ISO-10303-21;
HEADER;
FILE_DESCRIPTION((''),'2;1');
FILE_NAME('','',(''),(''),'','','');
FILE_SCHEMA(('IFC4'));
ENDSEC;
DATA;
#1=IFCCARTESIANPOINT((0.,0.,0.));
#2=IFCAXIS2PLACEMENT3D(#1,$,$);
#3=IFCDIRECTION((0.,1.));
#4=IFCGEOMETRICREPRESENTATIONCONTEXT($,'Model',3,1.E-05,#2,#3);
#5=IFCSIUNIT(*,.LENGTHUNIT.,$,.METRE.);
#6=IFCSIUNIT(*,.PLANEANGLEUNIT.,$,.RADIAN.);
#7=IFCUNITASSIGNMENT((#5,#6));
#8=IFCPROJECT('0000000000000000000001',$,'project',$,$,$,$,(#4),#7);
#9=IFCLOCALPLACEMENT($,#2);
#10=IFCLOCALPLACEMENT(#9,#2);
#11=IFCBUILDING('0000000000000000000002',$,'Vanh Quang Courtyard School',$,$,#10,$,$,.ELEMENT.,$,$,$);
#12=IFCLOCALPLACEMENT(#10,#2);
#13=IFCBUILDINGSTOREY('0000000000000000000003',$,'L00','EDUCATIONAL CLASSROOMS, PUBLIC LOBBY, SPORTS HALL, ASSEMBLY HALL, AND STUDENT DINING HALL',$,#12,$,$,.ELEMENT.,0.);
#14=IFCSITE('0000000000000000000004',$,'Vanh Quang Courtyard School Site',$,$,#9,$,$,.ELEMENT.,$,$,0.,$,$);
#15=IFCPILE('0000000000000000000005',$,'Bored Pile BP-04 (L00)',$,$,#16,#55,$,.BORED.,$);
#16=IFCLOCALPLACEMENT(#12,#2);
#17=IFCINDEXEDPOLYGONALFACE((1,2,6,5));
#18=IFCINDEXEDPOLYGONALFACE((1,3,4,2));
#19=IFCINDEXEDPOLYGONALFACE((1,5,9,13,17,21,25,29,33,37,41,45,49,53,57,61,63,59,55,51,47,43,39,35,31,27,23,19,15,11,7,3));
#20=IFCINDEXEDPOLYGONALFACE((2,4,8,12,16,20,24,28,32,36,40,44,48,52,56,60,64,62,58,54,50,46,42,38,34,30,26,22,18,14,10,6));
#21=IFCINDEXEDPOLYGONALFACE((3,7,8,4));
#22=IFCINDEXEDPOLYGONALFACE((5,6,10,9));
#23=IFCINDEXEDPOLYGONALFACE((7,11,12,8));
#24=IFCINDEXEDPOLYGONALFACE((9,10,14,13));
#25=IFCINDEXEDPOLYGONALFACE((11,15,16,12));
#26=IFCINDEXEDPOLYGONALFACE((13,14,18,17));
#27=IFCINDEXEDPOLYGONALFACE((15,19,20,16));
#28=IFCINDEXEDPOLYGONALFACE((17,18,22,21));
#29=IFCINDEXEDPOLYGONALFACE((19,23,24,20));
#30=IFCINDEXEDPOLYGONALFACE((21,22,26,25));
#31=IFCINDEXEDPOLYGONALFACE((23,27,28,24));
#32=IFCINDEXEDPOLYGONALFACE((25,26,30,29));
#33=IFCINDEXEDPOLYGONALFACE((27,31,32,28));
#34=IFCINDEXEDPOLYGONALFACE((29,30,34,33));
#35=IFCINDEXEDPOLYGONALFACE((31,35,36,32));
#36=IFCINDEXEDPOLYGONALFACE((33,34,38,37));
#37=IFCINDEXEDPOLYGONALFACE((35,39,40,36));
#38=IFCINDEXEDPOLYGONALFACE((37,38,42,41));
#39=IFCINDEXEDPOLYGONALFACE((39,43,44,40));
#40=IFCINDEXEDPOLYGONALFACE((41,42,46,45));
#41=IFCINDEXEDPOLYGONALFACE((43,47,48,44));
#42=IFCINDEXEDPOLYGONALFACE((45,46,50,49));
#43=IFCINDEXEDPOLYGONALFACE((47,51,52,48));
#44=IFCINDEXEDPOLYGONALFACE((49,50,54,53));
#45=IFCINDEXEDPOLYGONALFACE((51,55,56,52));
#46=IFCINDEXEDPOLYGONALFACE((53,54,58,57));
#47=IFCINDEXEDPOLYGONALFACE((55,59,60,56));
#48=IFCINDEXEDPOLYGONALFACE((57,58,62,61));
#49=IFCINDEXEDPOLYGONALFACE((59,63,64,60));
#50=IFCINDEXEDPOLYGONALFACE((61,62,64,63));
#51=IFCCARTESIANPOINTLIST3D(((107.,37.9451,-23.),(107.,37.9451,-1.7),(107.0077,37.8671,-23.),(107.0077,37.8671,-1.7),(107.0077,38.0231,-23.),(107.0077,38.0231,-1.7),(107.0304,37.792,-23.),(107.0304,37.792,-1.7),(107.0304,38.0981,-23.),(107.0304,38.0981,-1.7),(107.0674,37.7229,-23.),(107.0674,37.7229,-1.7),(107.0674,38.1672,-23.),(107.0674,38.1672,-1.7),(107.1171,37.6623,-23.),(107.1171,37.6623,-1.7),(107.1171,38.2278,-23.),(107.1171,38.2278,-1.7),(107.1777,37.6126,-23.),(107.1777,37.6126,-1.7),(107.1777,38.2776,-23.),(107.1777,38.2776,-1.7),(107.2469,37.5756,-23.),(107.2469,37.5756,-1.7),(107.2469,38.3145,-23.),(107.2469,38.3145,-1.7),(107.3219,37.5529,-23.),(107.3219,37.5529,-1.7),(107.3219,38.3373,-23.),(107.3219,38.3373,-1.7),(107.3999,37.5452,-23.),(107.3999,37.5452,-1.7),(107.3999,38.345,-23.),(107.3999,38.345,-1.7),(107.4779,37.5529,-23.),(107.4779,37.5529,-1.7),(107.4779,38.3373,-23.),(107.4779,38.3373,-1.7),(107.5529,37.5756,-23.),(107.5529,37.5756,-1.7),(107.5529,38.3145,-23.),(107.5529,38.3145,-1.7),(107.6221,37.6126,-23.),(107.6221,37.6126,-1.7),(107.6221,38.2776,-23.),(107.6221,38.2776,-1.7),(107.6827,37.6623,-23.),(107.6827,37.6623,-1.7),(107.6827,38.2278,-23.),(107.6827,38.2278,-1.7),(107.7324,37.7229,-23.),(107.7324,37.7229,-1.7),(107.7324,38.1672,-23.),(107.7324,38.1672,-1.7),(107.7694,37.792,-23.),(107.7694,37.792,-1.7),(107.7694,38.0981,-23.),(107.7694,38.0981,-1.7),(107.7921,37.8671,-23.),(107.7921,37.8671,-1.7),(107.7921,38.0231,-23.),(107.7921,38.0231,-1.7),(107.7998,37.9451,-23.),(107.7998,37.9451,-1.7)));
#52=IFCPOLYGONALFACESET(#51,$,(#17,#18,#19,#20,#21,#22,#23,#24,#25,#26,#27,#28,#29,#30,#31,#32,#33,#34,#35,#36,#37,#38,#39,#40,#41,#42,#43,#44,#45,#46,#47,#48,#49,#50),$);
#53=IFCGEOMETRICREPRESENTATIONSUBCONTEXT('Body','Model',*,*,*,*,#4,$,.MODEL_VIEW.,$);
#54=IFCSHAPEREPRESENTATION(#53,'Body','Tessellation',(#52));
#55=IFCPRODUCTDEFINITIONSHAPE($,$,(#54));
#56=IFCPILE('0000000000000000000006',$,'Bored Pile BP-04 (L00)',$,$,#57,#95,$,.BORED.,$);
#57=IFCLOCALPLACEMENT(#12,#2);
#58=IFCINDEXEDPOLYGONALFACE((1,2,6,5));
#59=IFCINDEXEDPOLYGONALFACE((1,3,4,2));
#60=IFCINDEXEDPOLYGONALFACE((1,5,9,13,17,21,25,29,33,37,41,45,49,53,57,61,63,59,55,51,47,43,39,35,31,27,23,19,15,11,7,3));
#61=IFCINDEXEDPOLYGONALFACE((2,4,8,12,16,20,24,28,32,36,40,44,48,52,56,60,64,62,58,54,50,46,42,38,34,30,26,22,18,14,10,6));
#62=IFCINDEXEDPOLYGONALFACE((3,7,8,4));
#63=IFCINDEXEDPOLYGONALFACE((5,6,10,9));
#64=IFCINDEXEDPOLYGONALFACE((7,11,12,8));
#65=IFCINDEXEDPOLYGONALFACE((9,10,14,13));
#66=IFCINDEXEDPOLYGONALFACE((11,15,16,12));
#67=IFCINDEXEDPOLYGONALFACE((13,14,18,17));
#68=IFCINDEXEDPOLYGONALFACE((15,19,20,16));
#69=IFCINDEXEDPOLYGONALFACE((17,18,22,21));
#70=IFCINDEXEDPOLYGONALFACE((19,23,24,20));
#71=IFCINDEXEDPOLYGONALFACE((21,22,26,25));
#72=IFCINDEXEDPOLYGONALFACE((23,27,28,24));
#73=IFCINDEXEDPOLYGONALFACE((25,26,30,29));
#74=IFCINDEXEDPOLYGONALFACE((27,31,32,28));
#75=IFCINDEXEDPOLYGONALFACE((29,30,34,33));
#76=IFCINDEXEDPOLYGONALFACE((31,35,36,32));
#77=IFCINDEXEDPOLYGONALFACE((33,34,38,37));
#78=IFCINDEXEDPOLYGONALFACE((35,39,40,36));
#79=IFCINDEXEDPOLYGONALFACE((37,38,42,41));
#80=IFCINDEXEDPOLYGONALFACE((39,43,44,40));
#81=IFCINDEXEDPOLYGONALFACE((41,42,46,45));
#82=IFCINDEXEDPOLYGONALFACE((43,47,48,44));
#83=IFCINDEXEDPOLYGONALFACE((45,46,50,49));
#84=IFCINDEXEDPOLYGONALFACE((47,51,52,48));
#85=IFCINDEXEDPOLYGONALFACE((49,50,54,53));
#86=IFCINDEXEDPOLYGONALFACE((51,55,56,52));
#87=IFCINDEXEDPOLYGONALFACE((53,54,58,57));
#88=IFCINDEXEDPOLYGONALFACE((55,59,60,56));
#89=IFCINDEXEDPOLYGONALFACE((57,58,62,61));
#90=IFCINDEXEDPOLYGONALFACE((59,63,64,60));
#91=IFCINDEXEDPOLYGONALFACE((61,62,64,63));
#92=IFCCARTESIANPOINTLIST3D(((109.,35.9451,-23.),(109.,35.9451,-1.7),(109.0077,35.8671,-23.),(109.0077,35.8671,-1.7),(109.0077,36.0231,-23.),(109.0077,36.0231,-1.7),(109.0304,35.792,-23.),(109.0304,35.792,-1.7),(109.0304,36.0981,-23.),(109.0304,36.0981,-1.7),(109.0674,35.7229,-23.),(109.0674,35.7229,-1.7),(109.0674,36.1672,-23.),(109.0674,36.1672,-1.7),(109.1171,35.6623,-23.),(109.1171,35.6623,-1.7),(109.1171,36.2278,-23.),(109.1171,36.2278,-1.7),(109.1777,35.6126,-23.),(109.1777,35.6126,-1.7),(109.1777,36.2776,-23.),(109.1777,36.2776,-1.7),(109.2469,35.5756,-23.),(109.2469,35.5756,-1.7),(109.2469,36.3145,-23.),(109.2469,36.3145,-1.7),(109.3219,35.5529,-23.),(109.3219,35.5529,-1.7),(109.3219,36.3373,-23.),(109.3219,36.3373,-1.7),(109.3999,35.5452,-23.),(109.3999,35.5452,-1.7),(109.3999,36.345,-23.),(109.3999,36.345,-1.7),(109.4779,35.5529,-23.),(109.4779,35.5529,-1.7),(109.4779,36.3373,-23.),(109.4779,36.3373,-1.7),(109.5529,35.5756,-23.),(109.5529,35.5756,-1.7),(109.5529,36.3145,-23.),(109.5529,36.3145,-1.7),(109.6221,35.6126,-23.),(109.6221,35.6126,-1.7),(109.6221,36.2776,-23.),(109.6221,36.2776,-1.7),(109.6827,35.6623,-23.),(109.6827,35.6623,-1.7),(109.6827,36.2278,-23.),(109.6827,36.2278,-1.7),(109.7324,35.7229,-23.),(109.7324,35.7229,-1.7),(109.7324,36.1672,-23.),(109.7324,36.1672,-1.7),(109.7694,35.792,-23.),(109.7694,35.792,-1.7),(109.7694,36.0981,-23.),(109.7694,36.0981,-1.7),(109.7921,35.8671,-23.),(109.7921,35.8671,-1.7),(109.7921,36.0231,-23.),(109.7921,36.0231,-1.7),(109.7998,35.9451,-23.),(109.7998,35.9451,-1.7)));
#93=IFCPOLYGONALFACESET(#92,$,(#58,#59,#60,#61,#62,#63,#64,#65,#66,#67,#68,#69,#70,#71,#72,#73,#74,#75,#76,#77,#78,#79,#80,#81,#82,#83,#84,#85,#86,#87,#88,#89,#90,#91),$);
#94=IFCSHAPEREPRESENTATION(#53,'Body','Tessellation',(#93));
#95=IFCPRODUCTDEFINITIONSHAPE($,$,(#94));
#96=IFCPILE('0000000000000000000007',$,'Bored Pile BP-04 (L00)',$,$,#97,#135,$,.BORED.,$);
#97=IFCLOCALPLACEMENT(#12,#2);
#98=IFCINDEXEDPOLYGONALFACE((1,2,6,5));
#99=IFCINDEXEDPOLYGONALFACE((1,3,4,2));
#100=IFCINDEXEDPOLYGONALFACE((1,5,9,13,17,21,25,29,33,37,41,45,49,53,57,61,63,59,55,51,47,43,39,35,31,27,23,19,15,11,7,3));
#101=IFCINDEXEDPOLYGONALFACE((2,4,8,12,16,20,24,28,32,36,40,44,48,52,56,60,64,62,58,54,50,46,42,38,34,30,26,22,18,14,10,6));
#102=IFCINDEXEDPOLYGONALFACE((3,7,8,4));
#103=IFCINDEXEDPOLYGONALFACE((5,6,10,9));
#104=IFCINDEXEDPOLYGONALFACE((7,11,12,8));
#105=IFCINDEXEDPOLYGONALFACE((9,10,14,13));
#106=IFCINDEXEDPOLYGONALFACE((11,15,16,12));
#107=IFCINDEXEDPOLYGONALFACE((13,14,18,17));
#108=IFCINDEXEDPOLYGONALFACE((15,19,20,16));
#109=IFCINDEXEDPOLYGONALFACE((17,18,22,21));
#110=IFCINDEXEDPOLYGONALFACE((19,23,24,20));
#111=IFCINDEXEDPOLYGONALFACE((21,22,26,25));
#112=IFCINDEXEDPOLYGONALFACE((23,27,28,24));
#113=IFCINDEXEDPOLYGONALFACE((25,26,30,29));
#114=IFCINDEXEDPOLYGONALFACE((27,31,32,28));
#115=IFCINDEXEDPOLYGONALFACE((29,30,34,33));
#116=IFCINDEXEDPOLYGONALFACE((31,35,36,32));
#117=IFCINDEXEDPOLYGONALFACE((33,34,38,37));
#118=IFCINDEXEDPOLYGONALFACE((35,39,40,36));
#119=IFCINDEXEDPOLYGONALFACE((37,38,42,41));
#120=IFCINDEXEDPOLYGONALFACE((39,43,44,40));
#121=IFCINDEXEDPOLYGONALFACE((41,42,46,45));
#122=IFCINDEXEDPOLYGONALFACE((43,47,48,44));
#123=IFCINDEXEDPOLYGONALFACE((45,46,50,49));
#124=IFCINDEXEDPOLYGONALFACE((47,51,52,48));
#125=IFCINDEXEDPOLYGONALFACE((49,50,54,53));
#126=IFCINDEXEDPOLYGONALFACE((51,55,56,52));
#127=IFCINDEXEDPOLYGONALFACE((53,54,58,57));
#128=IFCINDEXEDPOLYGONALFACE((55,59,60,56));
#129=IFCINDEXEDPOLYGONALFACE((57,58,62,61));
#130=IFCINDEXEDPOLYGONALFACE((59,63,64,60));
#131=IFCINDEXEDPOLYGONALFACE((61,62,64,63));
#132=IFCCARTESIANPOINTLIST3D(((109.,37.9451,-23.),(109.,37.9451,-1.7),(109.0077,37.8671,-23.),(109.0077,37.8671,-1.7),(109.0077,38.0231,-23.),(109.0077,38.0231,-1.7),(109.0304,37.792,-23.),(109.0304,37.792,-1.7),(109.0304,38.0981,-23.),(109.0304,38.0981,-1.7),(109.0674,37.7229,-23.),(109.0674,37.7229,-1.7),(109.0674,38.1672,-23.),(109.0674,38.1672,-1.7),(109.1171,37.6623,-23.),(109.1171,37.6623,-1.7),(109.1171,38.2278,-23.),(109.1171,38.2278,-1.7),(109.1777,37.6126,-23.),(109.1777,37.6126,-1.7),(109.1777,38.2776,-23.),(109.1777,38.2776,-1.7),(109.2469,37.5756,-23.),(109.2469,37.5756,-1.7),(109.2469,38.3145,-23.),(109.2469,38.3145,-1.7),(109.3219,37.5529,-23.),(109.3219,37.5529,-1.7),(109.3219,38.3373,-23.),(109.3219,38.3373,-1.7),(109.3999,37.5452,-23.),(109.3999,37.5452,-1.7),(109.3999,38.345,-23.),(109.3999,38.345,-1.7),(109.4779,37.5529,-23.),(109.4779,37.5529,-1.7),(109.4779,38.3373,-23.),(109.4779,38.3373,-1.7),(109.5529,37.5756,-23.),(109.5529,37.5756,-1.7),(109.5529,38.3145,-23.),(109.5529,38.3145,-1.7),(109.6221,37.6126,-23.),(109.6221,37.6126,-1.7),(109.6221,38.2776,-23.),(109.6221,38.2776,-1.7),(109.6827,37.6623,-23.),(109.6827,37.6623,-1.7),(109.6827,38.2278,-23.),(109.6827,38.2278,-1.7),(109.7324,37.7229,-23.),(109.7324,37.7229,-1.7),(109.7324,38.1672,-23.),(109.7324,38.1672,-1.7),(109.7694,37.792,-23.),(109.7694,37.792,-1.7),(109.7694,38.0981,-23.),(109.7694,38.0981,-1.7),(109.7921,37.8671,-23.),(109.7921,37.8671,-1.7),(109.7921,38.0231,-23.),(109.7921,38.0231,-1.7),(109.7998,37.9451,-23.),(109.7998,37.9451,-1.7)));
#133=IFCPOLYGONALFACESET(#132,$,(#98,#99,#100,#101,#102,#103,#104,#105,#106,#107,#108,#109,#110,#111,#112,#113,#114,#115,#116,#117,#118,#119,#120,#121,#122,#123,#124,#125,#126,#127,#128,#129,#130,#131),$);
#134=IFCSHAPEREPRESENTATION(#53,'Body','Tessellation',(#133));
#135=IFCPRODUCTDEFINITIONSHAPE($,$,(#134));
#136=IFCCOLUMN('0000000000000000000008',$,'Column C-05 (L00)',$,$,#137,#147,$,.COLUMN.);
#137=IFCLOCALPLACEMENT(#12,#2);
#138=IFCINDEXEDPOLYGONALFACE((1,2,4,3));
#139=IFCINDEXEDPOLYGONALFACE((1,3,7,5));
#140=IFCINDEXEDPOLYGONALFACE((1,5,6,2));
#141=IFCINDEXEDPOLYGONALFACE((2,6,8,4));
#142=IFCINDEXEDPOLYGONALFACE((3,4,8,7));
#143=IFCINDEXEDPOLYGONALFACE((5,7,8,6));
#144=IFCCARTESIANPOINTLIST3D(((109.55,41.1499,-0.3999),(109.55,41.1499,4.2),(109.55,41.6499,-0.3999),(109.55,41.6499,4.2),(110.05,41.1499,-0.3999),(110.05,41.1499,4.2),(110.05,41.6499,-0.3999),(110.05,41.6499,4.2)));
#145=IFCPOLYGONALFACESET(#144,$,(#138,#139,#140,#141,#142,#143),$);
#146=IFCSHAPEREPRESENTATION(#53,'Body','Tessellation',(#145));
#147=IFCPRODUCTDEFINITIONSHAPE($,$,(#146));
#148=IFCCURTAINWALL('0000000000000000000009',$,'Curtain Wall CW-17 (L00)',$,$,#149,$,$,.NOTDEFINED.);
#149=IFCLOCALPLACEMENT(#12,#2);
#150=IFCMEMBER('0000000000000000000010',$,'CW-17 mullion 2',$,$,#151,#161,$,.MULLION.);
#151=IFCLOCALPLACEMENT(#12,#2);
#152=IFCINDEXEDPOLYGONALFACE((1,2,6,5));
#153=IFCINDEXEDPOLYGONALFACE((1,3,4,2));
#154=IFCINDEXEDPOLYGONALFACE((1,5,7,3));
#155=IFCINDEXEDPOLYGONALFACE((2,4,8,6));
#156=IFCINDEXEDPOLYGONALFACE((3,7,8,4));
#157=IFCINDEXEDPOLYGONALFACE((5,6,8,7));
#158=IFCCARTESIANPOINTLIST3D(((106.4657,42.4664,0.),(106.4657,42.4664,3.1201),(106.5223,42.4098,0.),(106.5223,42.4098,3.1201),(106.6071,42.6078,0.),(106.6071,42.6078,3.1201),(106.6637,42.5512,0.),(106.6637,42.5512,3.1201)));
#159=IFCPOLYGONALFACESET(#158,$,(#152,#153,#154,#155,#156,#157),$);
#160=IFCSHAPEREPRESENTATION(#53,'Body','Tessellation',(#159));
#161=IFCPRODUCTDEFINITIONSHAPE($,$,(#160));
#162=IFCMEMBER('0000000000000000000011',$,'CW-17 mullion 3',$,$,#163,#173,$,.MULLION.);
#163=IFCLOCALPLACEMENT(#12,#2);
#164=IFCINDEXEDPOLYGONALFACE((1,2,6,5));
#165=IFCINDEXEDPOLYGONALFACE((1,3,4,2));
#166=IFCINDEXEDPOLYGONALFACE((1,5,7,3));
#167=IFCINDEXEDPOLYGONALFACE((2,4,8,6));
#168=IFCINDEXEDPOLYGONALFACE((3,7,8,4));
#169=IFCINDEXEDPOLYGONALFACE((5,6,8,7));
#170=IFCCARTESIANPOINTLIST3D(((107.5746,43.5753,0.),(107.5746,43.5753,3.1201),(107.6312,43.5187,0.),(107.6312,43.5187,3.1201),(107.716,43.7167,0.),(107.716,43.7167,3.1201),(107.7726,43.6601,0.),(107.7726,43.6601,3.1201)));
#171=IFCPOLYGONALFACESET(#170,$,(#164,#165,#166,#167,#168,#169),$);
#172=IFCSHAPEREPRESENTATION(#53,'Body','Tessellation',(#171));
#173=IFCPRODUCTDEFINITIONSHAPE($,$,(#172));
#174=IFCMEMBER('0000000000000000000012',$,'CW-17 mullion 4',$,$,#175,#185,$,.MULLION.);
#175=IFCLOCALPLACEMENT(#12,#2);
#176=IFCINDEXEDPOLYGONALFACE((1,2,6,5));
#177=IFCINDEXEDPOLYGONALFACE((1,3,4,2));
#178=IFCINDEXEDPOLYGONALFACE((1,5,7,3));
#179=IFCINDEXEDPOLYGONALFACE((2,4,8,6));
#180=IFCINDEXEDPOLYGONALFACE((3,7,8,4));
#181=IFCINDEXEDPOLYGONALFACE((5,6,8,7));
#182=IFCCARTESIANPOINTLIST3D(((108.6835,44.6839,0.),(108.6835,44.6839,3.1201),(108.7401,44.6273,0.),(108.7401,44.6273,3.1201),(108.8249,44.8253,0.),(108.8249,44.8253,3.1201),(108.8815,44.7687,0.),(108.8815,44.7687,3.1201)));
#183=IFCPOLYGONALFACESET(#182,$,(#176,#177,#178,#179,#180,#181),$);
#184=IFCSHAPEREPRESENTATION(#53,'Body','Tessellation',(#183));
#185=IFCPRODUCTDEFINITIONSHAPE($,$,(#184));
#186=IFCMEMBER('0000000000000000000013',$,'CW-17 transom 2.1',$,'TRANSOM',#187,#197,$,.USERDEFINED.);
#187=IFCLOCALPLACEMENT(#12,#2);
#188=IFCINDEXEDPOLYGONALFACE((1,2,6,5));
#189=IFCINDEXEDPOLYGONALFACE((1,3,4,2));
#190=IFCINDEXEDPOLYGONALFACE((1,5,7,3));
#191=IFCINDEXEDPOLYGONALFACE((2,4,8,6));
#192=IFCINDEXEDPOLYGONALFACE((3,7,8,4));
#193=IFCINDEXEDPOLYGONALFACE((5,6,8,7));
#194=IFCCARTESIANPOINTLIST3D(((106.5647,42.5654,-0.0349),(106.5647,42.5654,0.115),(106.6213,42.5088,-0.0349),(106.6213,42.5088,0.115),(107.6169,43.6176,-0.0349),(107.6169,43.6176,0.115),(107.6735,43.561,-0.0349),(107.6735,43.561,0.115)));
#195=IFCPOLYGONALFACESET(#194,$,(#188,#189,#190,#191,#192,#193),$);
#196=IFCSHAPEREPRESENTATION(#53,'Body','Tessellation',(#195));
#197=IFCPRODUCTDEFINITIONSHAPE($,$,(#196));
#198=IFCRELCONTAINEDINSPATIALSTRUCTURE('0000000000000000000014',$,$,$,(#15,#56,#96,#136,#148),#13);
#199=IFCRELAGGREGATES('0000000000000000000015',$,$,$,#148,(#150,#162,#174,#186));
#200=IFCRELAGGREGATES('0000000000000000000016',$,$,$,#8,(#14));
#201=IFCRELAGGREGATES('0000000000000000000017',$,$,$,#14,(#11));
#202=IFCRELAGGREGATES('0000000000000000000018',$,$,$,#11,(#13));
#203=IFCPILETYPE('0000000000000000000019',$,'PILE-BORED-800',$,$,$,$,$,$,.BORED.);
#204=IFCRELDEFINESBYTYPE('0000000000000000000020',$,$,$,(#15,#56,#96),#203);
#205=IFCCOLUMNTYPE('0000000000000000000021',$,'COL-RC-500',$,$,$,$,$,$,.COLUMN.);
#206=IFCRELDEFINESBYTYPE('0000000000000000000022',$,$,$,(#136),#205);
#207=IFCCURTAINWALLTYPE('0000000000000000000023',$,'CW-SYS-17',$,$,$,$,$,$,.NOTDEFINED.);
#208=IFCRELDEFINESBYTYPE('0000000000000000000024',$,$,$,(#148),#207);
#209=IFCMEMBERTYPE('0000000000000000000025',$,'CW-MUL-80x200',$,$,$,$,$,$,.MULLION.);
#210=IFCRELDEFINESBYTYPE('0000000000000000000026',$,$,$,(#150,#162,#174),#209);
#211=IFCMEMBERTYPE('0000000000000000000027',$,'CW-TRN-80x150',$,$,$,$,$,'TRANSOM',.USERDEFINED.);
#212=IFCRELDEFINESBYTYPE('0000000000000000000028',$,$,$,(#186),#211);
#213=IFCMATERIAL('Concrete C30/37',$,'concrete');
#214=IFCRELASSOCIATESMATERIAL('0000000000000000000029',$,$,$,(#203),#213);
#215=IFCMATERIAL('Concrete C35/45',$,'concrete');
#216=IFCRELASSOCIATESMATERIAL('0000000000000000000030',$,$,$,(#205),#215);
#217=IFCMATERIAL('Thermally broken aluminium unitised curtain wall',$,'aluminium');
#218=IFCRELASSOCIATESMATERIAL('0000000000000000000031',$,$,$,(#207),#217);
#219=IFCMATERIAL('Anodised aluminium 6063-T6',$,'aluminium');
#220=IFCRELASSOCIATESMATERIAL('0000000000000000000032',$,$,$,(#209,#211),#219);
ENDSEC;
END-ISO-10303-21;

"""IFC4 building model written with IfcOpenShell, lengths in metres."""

from ifc_helpers import new_model, si_unit, direction, frame, origin, origin_2d, place, context, subcontext, project, spatial, rectangle, circle, extrude, material, material_profile, profile_set, type_object, element, aggregate, save


model = new_model("IFC4")

# Units and contexts
model_context = context("Model", 3, precision=1e-05, world=origin(), true_north=direction((0.0, 1.0)))
body_context = subcontext(model_context, "Body", "Model", "MODEL_VIEW")
ifc_project = project(units=[si_unit("LENGTHUNIT", "METRE"), si_unit("PLANEANGLEUNIT", "RADIAN")], contexts=[model_context])

# Site, building, storey
site_placement = place(None, origin())
site = spatial("IfcSite", under=ifc_project, at=site_placement, Name="Vanh Quang Courtyard School Site", CompositionType="ELEMENT", RefElevation=0.0)
building_placement = place(site_placement, origin())
building = spatial("IfcBuilding", under=site, at=building_placement, Name="Vanh Quang Courtyard School", CompositionType="ELEMENT")
storey_placement = place(building_placement, origin())
storey = spatial("IfcBuildingStorey", under=building, at=storey_placement, Name="L00", Description="EDUCATIONAL CLASSROOMS, PUBLIC LOBBY, SPORTS HALL, ASSEMBLY HALL, AND STUDENT DINING HALL", CompositionType="ELEMENT", Elevation=0.0)

# Piles
ifc_material_1 = material(Name="Concrete C30/37", Category="concrete")
ifc_material_profile_1 = material_profile(ifc_material_1, circle(Radius=0.3999, at=origin_2d()), Name="PILE D800")
ifc_profile_set_1 = profile_set([ifc_material_profile_1], Name="Concrete C30/37")
pile_type = type_object("IfcPileType", Name="PILE-BORED-800", PredefinedType="BORED", material=ifc_profile_set_1)
for number, where, z_axis, x_axis, name in (
    (1, (107.3999, 37.9451, -1.7), (0.0, 0.0, -1.0), (1.0, 0.0, 0.0), "Bored Pile BP-04 (L00)"),
    (2, (109.3999, 35.9451, -1.7), (0.0, 0.0, -1.0), (1.0, 0.0, 0.0), "Bored Pile BP-04 (L00)"),
    (3, (109.3999, 37.9451, -1.7), (0.0, 0.0, -1.0), (1.0, 0.0, 0.0), "Bored Pile BP-04 (L00)"),
):
    element("IfcPile", number, at=place(storey_placement, frame(where, z_axis=z_axis, x_axis=x_axis)), inside=storey, type_object=pile_type, Name=name, PredefinedType="BORED", context=body_context, shape_type="SweptSolid", body=[
        extrude(circle(Radius=0.3999, at=origin_2d()), origin(), (0.0, 0.0, 1.0), 21.3),
    ])

# Column
ifc_material_2 = material(Name="Concrete C35/45", Category="concrete")
ifc_material_profile_2 = material_profile(ifc_material_2, rectangle(XDim=0.5, YDim=0.5, at=origin_2d()), Name="RC-COL 500x500")
ifc_profile_set_2 = profile_set([ifc_material_profile_2], Name="Concrete C35/45")
column_type = type_object("IfcColumnType", Name="COL-RC-500", PredefinedType="COLUMN", material=ifc_profile_set_2)
column_placement = place(storey_placement, frame((109.8, 41.3999, -0.3999), z_axis=(0.0, 0.0, 1.0), x_axis=(1.0, 0.0, 0.0)))
element("IfcColumn", 4, at=column_placement, inside=storey, type_object=column_type, Name="Column C-05 (L00)", PredefinedType="COLUMN", context=body_context, shape_type="SweptSolid", body=[
    extrude(rectangle(XDim=0.5, YDim=0.5, at=origin_2d()), origin(), (0.0, 0.0, 1.0), 4.5999),
])

# Curtain wall, members
ifc_material_3 = material(Name="Thermally broken aluminium unitised curtain wall", Category="aluminium")
curtain_wall_type = type_object("IfcCurtainWallType", Name="CW-SYS-17", PredefinedType="NOTDEFINED", material=ifc_material_3)
curtain_wall_placement = place(storey_placement, origin())
curtain_wall = element("IfcCurtainWall", 5, at=curtain_wall_placement, inside=storey, type_object=curtain_wall_type, Name="Curtain Wall CW-17 (L00)", PredefinedType="NOTDEFINED")
ifc_material_4 = material(Name="Anodised aluminium 6063-T6", Category="aluminium")
ifc_material_profile_3 = material_profile(ifc_material_4, rectangle(XDim=0.0801, YDim=0.2, at=origin_2d()), Name="ALU-MUL 80x200")
ifc_profile_set_3 = profile_set([ifc_material_profile_3], Name="Anodised aluminium 6063-T6")
member_type_1 = type_object("IfcMemberType", Name="CW-MUL-80x200", PredefinedType="MULLION", material=ifc_profile_set_3)
member_1_placement = place(storey_placement, frame((106.5647, 42.5088, 0.0), z_axis=(0.0, 0.0, 1.0), x_axis=(-0.707107, 0.707107, 0.0)))
member_1 = element("IfcMember", 6, at=member_1_placement, type_object=member_type_1, Name="CW-17 mullion 2", PredefinedType="MULLION", context=body_context, shape_type="SweptSolid", body=[
    extrude(rectangle(XDim=0.0801, YDim=0.2, at=origin_2d()), origin(), (0.0, 0.0, 1.0), 3.1201),
])
member_2_placement = place(storey_placement, frame((107.6736, 43.6177, 0.0), z_axis=(0.0, 0.0, 1.0), x_axis=(-0.707107, 0.707107, 0.0)))
member_2 = element("IfcMember", 7, at=member_2_placement, type_object=member_type_1, Name="CW-17 mullion 3", PredefinedType="MULLION", context=body_context, shape_type="SweptSolid", body=[
    extrude(rectangle(XDim=0.0801, YDim=0.2, at=origin_2d()), origin(), (0.0, 0.0, 1.0), 3.1201),
])
member_3_placement = place(storey_placement, frame((108.7825, 44.7263, 0.0), z_axis=(0.0, 0.0, 1.0), x_axis=(-0.707107, 0.707107, 0.0)))
member_3 = element("IfcMember", 8, at=member_3_placement, type_object=member_type_1, Name="CW-17 mullion 4", PredefinedType="MULLION", context=body_context, shape_type="SweptSolid", body=[
    extrude(rectangle(XDim=0.0801, YDim=0.2, at=origin_2d()), origin(), (0.0, 0.0, 1.0), 3.1201),
])
ifc_material_profile_4 = material_profile(ifc_material_4, rectangle(XDim=0.0801, YDim=0.1499, at=origin_2d()), Name="ALU-TRN 80x150")
ifc_profile_set_4 = profile_set([ifc_material_profile_4], Name="Anodised aluminium 6063-T6")
member_type_2 = type_object("IfcMemberType", Name="CW-TRN-80x150", ElementType="TRANSOM", PredefinedType="USERDEFINED", material=ifc_profile_set_4)
member_4_placement = place(storey_placement, frame((106.593, 42.5371, 0.04), z_axis=(0.707107, 0.707107, 0.0), x_axis=(-0.707107, 0.707107, 0.0)))
member_4 = element("IfcMember", 9, at=member_4_placement, type_object=member_type_2, Name="CW-17 transom 2.1", ObjectType="TRANSOM", PredefinedType="USERDEFINED", context=body_context, shape_type="SweptSolid", body=[
    extrude(rectangle(XDim=0.0801, YDim=0.1499, at=origin_2d()), origin(), (0.0, 0.0, 1.0), 1.488),
])
aggregate(curtain_wall, [member_1, member_2, member_3, member_4])

save(model, "model.ifc")
